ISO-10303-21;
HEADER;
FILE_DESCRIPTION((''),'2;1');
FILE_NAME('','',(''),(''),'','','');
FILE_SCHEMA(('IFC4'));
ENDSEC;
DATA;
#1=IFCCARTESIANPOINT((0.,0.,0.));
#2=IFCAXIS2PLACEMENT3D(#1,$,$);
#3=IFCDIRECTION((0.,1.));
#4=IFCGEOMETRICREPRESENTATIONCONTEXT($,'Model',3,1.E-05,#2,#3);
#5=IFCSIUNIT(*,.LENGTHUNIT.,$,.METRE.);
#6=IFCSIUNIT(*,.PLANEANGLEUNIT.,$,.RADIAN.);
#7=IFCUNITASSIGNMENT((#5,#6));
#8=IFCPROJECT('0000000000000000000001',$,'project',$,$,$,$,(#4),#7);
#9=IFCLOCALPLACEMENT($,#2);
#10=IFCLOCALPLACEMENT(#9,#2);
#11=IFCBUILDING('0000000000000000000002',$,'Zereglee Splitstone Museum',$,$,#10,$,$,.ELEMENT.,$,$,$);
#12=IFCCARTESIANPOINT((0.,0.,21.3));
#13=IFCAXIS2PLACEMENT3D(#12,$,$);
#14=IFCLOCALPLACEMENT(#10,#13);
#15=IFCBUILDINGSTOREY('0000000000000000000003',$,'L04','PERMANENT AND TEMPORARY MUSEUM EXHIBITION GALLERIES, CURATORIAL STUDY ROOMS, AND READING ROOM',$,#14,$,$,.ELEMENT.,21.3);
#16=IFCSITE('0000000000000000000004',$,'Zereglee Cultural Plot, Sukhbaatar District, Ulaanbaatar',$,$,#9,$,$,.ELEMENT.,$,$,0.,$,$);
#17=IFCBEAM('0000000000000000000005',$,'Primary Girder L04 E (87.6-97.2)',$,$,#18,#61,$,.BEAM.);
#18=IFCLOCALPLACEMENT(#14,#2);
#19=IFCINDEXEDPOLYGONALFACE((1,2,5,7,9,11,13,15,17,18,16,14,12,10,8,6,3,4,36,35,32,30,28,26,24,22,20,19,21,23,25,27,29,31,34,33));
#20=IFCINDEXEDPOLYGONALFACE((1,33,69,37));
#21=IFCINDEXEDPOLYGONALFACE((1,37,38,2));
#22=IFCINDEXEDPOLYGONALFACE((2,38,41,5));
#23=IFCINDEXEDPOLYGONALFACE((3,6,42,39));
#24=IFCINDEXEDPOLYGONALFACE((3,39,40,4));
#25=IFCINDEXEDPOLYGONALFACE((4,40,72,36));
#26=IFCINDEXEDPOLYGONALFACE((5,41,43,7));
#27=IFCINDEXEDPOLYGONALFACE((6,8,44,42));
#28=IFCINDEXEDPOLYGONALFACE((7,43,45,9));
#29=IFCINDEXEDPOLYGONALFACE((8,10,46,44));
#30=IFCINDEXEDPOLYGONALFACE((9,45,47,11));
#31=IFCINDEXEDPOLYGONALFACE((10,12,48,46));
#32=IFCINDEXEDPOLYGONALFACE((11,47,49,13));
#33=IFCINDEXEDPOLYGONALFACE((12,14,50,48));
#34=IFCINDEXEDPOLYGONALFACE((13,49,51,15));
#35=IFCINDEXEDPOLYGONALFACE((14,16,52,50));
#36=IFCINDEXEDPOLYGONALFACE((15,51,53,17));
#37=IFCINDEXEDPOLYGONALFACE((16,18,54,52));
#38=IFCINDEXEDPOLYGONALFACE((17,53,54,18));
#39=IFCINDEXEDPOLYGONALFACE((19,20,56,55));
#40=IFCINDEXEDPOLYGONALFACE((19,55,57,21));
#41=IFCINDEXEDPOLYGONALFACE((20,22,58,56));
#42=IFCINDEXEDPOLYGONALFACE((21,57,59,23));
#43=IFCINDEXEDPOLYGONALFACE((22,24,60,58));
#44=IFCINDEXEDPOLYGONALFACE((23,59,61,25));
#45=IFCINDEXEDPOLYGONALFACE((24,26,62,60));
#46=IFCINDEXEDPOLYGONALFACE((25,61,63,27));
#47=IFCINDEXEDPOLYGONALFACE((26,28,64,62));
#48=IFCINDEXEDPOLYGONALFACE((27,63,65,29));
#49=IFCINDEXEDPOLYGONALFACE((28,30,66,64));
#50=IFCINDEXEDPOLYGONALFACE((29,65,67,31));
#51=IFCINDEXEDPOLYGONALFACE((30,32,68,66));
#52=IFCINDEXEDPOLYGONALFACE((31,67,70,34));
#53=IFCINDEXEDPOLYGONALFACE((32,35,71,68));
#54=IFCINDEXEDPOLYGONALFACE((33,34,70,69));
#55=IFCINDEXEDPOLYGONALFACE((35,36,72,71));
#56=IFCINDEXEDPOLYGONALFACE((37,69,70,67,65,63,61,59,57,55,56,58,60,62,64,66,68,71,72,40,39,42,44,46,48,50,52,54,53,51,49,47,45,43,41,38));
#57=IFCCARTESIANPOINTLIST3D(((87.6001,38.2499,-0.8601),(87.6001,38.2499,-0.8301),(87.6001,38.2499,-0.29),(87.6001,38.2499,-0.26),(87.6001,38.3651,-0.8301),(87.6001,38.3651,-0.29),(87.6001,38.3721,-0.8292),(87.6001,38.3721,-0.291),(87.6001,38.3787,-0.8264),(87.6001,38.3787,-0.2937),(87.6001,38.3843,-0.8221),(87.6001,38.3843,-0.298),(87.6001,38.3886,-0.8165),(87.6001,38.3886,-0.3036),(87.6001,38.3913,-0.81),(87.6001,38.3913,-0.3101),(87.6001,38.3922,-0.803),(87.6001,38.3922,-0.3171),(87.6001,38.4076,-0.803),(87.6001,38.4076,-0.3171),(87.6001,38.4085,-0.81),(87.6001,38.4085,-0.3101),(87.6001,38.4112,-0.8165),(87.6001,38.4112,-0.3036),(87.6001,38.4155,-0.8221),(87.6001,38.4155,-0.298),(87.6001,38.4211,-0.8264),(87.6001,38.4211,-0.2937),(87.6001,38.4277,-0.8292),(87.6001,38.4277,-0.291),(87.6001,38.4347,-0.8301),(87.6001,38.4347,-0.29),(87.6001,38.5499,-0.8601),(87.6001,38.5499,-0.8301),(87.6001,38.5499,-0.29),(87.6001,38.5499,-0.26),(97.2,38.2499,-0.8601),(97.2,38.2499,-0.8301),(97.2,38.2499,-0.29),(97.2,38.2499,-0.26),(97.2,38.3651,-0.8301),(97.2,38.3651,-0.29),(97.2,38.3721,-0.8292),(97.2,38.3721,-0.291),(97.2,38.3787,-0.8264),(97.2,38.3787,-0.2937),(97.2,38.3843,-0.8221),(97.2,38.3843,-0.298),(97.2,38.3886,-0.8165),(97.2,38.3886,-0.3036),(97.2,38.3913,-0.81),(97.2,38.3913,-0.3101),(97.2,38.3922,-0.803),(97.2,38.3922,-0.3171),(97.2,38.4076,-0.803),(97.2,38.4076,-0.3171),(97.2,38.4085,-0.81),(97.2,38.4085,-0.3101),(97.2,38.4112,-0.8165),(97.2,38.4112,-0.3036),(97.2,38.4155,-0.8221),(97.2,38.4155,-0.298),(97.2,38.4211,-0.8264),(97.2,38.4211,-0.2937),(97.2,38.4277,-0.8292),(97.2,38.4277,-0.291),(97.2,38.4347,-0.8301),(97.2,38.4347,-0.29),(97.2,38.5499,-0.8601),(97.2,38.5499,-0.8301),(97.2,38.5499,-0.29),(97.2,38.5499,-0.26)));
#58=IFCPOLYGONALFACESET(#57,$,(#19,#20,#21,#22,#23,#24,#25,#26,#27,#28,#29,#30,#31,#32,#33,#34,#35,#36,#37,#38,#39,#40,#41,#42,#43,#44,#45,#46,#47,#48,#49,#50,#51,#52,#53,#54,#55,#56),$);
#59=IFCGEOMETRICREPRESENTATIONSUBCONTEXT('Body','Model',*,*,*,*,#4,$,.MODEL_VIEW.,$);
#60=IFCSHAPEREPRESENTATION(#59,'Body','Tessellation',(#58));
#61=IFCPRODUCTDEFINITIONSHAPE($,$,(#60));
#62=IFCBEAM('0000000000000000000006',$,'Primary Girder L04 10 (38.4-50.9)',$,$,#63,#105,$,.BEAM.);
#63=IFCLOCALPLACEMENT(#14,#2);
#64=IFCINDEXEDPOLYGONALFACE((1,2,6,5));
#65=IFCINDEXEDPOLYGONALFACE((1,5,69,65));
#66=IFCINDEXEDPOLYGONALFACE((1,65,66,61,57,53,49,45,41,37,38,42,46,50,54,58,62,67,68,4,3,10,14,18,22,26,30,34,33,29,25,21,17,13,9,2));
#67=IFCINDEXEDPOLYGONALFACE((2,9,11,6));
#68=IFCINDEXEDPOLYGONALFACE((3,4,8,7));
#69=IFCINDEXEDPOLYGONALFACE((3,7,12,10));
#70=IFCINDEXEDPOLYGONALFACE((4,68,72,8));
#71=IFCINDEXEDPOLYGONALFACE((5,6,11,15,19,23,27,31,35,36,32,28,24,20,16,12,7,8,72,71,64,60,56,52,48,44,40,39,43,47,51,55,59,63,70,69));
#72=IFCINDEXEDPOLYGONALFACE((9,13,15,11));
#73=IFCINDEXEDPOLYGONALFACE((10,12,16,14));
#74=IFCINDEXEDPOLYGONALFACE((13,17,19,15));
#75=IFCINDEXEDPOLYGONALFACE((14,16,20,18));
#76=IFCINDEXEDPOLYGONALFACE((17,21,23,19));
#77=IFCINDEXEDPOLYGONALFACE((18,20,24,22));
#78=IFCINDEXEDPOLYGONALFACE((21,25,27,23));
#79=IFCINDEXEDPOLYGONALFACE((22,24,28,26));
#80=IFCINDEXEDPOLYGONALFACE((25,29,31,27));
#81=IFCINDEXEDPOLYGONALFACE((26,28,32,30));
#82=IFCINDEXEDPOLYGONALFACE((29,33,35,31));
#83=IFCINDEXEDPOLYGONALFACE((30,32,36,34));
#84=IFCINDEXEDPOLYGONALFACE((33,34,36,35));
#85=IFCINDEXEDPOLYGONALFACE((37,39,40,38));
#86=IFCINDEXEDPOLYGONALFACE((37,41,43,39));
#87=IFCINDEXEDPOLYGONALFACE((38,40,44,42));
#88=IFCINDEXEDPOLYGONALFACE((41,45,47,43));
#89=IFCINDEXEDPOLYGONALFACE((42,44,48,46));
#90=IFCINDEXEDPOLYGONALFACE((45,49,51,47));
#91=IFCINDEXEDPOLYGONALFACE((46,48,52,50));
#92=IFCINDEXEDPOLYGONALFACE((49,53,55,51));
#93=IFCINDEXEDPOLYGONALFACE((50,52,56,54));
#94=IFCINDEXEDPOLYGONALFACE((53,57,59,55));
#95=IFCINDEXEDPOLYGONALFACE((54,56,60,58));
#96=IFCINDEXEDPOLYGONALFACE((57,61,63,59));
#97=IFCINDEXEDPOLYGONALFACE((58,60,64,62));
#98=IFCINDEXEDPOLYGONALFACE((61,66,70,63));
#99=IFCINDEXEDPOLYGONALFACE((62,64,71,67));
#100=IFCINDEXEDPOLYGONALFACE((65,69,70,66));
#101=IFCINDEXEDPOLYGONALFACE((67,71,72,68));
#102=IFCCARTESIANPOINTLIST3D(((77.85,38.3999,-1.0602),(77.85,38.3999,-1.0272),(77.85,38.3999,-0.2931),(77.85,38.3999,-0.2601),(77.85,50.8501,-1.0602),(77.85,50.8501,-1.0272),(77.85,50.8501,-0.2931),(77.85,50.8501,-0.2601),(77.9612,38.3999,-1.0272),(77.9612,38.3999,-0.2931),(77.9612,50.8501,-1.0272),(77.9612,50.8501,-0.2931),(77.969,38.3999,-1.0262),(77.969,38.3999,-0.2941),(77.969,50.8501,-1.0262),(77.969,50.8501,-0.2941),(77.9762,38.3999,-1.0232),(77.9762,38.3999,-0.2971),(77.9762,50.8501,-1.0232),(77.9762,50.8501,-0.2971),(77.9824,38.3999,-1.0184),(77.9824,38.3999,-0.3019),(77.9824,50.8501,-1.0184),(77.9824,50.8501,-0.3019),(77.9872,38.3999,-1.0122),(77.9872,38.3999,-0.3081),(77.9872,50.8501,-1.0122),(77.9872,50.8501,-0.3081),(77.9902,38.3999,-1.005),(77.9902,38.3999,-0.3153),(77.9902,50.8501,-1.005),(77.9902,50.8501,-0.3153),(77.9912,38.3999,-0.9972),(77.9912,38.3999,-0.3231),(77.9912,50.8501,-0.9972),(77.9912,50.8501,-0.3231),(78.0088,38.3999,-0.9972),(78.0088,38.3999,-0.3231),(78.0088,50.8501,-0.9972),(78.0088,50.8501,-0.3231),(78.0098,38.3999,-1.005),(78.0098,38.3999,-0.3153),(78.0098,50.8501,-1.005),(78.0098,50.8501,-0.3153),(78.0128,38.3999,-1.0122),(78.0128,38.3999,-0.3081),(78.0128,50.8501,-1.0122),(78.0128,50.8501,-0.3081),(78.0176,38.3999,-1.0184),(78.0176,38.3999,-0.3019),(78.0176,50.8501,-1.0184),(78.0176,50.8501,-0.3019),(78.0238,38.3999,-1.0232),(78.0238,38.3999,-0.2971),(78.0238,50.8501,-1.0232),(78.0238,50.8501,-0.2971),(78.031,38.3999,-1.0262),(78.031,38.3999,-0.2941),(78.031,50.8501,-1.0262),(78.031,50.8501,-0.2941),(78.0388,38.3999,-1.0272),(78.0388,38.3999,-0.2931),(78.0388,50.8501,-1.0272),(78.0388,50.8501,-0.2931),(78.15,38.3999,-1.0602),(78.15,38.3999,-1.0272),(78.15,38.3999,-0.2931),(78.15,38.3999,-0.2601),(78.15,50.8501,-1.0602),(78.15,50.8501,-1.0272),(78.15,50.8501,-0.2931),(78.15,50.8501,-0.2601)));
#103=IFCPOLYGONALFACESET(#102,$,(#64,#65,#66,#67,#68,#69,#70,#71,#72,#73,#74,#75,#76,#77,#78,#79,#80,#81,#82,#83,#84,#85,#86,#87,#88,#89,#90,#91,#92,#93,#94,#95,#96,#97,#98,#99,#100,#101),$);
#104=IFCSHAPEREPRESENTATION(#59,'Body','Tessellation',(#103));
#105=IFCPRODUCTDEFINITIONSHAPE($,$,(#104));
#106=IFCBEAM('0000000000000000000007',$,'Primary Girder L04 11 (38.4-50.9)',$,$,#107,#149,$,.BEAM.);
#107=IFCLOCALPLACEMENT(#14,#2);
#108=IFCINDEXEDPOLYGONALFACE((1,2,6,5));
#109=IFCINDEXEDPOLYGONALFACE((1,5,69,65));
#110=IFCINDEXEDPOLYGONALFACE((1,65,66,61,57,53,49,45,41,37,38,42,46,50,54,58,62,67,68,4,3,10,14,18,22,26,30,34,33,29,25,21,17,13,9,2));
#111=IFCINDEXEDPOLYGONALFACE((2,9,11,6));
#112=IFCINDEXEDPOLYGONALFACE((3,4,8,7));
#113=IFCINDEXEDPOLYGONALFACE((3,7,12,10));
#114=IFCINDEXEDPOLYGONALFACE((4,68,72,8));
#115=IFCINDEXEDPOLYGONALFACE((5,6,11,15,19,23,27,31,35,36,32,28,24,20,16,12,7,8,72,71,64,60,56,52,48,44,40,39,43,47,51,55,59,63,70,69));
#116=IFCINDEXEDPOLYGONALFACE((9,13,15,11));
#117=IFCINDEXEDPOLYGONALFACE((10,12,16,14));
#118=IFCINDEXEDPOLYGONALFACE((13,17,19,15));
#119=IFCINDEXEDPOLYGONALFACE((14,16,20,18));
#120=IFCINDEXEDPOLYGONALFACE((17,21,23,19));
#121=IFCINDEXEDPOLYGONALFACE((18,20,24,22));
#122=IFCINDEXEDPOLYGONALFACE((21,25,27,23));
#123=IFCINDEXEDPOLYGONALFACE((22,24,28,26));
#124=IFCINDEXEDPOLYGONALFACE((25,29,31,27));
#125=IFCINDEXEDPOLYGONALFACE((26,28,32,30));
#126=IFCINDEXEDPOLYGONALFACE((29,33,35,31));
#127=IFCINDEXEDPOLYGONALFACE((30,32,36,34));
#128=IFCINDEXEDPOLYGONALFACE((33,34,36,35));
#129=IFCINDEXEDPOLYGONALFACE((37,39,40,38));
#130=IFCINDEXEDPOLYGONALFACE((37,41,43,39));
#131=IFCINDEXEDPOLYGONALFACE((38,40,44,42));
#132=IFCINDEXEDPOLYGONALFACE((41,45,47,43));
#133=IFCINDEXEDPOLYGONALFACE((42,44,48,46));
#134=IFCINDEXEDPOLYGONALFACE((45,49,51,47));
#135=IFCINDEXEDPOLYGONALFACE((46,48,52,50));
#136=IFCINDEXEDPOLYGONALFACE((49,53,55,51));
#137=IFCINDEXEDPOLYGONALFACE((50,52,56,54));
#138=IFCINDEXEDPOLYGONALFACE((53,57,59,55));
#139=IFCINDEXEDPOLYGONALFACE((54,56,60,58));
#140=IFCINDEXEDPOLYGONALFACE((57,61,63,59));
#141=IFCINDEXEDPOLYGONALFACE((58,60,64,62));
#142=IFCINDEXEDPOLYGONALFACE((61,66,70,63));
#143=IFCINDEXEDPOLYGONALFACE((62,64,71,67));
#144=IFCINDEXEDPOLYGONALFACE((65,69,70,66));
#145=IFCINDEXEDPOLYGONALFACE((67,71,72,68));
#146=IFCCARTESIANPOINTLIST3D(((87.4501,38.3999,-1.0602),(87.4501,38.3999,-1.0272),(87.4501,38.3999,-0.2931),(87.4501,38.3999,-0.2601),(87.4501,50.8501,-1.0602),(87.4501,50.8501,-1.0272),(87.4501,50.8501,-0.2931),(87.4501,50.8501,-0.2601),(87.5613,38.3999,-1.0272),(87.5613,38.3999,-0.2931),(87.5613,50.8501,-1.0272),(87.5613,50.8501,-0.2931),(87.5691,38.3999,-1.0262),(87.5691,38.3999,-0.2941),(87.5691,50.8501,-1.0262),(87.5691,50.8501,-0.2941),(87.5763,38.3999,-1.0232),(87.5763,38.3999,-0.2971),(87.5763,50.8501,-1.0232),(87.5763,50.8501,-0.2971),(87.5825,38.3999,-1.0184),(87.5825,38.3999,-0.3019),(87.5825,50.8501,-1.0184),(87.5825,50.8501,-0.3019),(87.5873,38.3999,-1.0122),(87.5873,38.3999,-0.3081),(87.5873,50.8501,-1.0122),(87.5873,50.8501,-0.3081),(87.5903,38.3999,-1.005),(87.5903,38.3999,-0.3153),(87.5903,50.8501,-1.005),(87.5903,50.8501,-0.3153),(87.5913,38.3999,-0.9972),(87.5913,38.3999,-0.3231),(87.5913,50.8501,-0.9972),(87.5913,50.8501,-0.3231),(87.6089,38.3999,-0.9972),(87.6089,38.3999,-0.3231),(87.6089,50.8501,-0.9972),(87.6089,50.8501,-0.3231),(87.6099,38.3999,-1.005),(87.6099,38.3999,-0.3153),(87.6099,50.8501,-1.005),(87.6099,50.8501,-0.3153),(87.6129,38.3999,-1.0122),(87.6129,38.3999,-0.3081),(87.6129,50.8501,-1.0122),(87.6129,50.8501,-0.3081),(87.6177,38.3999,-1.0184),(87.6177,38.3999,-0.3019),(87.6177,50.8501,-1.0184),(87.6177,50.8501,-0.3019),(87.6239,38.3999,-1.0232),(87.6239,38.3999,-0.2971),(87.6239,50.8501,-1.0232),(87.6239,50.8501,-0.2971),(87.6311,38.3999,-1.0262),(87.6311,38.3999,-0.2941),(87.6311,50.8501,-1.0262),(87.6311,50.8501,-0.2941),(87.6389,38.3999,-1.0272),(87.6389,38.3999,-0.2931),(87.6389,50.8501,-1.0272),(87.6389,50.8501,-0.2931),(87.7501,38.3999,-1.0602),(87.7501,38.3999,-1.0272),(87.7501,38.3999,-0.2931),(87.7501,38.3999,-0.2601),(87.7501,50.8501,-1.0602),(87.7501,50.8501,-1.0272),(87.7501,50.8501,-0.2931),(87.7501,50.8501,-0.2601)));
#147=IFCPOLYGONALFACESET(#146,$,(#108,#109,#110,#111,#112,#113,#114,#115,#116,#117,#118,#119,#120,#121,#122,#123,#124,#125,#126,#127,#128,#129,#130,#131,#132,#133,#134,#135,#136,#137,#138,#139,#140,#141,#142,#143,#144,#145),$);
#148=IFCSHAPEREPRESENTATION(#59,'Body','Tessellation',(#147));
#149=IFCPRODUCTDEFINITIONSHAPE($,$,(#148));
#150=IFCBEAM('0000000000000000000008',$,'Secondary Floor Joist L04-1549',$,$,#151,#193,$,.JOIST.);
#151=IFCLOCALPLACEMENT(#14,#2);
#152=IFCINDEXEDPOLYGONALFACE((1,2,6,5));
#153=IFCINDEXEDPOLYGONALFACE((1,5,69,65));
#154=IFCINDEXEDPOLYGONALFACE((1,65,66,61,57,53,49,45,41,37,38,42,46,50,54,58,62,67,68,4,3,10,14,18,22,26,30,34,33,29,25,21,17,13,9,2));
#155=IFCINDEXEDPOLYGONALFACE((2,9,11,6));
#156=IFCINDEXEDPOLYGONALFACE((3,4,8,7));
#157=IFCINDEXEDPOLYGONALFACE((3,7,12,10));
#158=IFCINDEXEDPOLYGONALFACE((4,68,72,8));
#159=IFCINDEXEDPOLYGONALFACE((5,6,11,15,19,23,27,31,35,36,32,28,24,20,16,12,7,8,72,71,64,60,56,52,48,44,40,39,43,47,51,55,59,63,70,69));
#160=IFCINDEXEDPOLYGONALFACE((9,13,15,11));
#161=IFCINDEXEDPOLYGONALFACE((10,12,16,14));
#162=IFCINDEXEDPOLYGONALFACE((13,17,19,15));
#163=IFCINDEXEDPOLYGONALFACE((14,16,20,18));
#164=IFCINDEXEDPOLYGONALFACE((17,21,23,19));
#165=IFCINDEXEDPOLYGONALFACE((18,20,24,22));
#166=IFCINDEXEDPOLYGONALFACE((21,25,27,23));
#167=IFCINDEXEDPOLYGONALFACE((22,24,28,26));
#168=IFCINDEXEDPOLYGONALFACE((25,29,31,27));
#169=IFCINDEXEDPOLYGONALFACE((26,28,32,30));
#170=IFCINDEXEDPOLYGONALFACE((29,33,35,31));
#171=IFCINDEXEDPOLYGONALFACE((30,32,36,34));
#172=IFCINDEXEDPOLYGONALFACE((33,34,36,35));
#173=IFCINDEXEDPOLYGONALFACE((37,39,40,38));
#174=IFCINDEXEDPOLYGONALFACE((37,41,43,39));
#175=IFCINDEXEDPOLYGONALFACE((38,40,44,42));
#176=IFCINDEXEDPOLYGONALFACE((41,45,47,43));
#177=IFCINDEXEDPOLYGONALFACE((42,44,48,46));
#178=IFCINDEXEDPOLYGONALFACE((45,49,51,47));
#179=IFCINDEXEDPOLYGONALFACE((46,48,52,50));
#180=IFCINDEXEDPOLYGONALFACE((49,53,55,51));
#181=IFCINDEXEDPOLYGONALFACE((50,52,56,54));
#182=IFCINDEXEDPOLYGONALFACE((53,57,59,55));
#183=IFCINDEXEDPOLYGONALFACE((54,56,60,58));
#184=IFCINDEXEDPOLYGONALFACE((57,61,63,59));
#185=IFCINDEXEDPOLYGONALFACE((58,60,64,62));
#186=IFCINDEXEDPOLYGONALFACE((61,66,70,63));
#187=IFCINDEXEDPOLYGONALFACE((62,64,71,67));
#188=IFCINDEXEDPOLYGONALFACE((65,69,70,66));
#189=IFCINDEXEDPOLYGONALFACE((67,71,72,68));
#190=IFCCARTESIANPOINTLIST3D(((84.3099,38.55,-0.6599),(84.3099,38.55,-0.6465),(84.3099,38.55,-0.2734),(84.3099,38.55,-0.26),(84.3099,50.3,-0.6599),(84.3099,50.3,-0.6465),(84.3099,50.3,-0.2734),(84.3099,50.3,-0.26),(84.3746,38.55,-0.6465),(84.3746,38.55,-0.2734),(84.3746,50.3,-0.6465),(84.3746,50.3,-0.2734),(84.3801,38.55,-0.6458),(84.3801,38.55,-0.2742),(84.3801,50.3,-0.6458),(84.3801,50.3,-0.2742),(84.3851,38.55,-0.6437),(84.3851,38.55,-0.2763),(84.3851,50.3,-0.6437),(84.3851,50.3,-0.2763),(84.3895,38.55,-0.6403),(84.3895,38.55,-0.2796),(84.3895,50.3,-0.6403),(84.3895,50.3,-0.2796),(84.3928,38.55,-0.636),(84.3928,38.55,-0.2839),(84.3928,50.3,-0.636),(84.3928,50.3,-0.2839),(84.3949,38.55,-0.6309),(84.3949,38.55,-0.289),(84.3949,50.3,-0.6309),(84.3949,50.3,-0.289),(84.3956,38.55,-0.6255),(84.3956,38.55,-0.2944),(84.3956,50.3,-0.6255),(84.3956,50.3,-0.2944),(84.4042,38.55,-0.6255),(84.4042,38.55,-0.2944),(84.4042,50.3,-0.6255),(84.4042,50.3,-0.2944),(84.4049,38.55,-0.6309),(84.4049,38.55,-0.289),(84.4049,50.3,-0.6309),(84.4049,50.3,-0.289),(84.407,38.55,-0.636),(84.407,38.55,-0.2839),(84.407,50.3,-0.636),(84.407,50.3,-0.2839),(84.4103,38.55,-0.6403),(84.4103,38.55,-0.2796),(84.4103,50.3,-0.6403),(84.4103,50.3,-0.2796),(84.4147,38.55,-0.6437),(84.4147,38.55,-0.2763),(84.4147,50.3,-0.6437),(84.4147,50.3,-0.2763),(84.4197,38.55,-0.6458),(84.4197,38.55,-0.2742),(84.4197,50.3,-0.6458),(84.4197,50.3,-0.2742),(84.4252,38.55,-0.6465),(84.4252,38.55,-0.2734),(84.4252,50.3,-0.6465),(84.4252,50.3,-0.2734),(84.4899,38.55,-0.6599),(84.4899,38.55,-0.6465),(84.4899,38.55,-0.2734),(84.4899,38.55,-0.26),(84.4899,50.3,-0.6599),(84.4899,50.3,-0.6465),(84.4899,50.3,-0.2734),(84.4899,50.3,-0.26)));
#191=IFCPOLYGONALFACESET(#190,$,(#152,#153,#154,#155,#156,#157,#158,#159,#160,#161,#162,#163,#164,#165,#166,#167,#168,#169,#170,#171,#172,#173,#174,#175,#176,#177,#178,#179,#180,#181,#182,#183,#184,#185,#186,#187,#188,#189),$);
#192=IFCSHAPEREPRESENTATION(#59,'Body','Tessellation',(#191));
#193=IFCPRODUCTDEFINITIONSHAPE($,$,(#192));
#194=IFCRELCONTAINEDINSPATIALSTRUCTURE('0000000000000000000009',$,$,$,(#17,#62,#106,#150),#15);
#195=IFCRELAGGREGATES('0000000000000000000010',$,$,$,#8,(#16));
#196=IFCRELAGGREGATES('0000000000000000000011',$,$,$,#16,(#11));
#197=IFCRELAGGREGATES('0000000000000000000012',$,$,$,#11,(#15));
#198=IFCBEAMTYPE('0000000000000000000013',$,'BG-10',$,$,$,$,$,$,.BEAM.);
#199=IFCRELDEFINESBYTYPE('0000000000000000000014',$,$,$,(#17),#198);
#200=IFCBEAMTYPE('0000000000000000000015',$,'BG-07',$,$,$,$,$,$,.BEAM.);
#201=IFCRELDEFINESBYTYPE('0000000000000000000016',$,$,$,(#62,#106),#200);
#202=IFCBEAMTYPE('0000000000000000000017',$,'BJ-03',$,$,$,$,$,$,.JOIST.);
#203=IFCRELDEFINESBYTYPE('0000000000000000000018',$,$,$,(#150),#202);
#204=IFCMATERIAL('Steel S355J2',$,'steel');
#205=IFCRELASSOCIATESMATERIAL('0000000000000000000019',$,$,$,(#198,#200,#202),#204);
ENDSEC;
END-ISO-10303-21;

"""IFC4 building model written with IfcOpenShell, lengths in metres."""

from ifc_helpers import new_model, si_unit, direction, frame, origin, origin_2d, place, context, subcontext, project, spatial, i_section, extrude, material, material_profile, profile_set, type_object, element, save


model = new_model("IFC4")

# Units and contexts
model_context = context("Model", 3, precision=1e-05, world=origin(), true_north=direction((0.0, 1.0)))
body_context = subcontext(model_context, "Body", "Model", "MODEL_VIEW")
ifc_project = project(units=[si_unit("LENGTHUNIT", "METRE"), si_unit("PLANEANGLEUNIT", "RADIAN")], contexts=[model_context])

# Site, building, storey
site_placement = place(None, origin())
site = spatial("IfcSite", under=ifc_project, at=site_placement, Name="Zereglee Cultural Plot, Sukhbaatar District, Ulaanbaatar", CompositionType="ELEMENT", RefElevation=0.0)
building_placement = place(site_placement, origin())
building = spatial("IfcBuilding", under=site, at=building_placement, Name="Zereglee Splitstone Museum", CompositionType="ELEMENT")
storey_placement = place(building_placement, frame((0.0, 0.0, 21.3)))
storey = spatial("IfcBuildingStorey", under=building, at=storey_placement, Name="L04", Description="PERMANENT AND TEMPORARY MUSEUM EXHIBITION GALLERIES, CURATORIAL STUDY ROOMS, AND READING ROOM", CompositionType="ELEMENT", Elevation=21.3)

# Shared definitions
ifc_material_1 = material(Name="Steel S355J2", Category="steel")

# Beams
ifc_material_profile_1 = material_profile(ifc_material_1, i_section(OverallWidth=0.3, OverallDepth=0.6001, WebThickness=0.0154, FlangeThickness=0.03, FilletRadius=0.0271, at=origin_2d()), Name="HE 600 B")
ifc_profile_set_1 = profile_set([ifc_material_profile_1], Name="Steel S355J2")
beam_type_1 = type_object("IfcBeamType", Name="BG-10", PredefinedType="BEAM", material=ifc_profile_set_1)
beam_1_placement = place(storey_placement, frame((87.6001, 38.3999, -0.5601), z_axis=(1.0, 0.0, 0.0), x_axis=(0.0, 1.0, 0.0)))
element("IfcBeam", 1, at=beam_1_placement, inside=storey, type_object=beam_type_1, Name="Primary Girder L04 E (87.6-97.2)", PredefinedType="BEAM", context=body_context, shape_type="SweptSolid", body=[
    extrude(i_section(OverallWidth=0.3, OverallDepth=0.6001, WebThickness=0.0154, FlangeThickness=0.03, FilletRadius=0.0271, at=origin_2d()), origin(), (0.0, 0.0, 1.0), 9.5999),
])
ifc_material_profile_2 = material_profile(ifc_material_1, i_section(OverallWidth=0.3, OverallDepth=0.8, WebThickness=0.0176, FlangeThickness=0.033, FilletRadius=0.03, at=origin_2d()), Name="HE 800 B")
ifc_profile_set_2 = profile_set([ifc_material_profile_2], Name="Steel S355J2")
beam_type_2 = type_object("IfcBeamType", Name="BG-07", PredefinedType="BEAM", material=ifc_profile_set_2)
for number, where, z_axis, x_axis, name in (
    (2, (78.0, 38.3999, -0.6602), (0.0, 1.0, 0.0), (-1.0, 0.0, 0.0), "Primary Girder L04 10 (38.4-50.9)"),
    (3, (87.6001, 38.3999, -0.6602), (0.0, 1.0, 0.0), (-1.0, 0.0, 0.0), "Primary Girder L04 11 (38.4-50.9)"),
):
    element("IfcBeam", number, at=place(storey_placement, frame(where, z_axis=z_axis, x_axis=x_axis)), inside=storey, type_object=beam_type_2, Name=name, PredefinedType="BEAM", context=body_context, shape_type="SweptSolid", body=[
        extrude(i_section(OverallWidth=0.3, OverallDepth=0.8, WebThickness=0.0176, FlangeThickness=0.033, FilletRadius=0.03, at=origin_2d()), origin(), (0.0, 0.0, 1.0), 12.4502),
    ])
ifc_material_profile_3 = material_profile(ifc_material_1, i_section(OverallWidth=0.1799, OverallDepth=0.3999, WebThickness=0.0085, FlangeThickness=0.0134, FilletRadius=0.021, at=origin_2d()), Name="IPE 400")
ifc_profile_set_3 = profile_set([ifc_material_profile_3], Name="Steel S355J2")
beam_type_3 = type_object("IfcBeamType", Name="BJ-03", PredefinedType="JOIST", material=ifc_profile_set_3)
beam_2_placement = place(storey_placement, frame((84.3999, 38.55, -0.46), z_axis=(0.0, 1.0, 0.0), x_axis=(-1.0, 0.0, 0.0)))
element("IfcBeam", 4, at=beam_2_placement, inside=storey, type_object=beam_type_3, Name="Secondary Floor Joist L04-1549", PredefinedType="JOIST", context=body_context, shape_type="SweptSolid", body=[
    extrude(i_section(OverallWidth=0.1799, OverallDepth=0.3999, WebThickness=0.0085, FlangeThickness=0.0134, FilletRadius=0.021, at=origin_2d()), origin(), (0.0, 0.0, 1.0), 11.75),
])

save(model, "model.ifc")
